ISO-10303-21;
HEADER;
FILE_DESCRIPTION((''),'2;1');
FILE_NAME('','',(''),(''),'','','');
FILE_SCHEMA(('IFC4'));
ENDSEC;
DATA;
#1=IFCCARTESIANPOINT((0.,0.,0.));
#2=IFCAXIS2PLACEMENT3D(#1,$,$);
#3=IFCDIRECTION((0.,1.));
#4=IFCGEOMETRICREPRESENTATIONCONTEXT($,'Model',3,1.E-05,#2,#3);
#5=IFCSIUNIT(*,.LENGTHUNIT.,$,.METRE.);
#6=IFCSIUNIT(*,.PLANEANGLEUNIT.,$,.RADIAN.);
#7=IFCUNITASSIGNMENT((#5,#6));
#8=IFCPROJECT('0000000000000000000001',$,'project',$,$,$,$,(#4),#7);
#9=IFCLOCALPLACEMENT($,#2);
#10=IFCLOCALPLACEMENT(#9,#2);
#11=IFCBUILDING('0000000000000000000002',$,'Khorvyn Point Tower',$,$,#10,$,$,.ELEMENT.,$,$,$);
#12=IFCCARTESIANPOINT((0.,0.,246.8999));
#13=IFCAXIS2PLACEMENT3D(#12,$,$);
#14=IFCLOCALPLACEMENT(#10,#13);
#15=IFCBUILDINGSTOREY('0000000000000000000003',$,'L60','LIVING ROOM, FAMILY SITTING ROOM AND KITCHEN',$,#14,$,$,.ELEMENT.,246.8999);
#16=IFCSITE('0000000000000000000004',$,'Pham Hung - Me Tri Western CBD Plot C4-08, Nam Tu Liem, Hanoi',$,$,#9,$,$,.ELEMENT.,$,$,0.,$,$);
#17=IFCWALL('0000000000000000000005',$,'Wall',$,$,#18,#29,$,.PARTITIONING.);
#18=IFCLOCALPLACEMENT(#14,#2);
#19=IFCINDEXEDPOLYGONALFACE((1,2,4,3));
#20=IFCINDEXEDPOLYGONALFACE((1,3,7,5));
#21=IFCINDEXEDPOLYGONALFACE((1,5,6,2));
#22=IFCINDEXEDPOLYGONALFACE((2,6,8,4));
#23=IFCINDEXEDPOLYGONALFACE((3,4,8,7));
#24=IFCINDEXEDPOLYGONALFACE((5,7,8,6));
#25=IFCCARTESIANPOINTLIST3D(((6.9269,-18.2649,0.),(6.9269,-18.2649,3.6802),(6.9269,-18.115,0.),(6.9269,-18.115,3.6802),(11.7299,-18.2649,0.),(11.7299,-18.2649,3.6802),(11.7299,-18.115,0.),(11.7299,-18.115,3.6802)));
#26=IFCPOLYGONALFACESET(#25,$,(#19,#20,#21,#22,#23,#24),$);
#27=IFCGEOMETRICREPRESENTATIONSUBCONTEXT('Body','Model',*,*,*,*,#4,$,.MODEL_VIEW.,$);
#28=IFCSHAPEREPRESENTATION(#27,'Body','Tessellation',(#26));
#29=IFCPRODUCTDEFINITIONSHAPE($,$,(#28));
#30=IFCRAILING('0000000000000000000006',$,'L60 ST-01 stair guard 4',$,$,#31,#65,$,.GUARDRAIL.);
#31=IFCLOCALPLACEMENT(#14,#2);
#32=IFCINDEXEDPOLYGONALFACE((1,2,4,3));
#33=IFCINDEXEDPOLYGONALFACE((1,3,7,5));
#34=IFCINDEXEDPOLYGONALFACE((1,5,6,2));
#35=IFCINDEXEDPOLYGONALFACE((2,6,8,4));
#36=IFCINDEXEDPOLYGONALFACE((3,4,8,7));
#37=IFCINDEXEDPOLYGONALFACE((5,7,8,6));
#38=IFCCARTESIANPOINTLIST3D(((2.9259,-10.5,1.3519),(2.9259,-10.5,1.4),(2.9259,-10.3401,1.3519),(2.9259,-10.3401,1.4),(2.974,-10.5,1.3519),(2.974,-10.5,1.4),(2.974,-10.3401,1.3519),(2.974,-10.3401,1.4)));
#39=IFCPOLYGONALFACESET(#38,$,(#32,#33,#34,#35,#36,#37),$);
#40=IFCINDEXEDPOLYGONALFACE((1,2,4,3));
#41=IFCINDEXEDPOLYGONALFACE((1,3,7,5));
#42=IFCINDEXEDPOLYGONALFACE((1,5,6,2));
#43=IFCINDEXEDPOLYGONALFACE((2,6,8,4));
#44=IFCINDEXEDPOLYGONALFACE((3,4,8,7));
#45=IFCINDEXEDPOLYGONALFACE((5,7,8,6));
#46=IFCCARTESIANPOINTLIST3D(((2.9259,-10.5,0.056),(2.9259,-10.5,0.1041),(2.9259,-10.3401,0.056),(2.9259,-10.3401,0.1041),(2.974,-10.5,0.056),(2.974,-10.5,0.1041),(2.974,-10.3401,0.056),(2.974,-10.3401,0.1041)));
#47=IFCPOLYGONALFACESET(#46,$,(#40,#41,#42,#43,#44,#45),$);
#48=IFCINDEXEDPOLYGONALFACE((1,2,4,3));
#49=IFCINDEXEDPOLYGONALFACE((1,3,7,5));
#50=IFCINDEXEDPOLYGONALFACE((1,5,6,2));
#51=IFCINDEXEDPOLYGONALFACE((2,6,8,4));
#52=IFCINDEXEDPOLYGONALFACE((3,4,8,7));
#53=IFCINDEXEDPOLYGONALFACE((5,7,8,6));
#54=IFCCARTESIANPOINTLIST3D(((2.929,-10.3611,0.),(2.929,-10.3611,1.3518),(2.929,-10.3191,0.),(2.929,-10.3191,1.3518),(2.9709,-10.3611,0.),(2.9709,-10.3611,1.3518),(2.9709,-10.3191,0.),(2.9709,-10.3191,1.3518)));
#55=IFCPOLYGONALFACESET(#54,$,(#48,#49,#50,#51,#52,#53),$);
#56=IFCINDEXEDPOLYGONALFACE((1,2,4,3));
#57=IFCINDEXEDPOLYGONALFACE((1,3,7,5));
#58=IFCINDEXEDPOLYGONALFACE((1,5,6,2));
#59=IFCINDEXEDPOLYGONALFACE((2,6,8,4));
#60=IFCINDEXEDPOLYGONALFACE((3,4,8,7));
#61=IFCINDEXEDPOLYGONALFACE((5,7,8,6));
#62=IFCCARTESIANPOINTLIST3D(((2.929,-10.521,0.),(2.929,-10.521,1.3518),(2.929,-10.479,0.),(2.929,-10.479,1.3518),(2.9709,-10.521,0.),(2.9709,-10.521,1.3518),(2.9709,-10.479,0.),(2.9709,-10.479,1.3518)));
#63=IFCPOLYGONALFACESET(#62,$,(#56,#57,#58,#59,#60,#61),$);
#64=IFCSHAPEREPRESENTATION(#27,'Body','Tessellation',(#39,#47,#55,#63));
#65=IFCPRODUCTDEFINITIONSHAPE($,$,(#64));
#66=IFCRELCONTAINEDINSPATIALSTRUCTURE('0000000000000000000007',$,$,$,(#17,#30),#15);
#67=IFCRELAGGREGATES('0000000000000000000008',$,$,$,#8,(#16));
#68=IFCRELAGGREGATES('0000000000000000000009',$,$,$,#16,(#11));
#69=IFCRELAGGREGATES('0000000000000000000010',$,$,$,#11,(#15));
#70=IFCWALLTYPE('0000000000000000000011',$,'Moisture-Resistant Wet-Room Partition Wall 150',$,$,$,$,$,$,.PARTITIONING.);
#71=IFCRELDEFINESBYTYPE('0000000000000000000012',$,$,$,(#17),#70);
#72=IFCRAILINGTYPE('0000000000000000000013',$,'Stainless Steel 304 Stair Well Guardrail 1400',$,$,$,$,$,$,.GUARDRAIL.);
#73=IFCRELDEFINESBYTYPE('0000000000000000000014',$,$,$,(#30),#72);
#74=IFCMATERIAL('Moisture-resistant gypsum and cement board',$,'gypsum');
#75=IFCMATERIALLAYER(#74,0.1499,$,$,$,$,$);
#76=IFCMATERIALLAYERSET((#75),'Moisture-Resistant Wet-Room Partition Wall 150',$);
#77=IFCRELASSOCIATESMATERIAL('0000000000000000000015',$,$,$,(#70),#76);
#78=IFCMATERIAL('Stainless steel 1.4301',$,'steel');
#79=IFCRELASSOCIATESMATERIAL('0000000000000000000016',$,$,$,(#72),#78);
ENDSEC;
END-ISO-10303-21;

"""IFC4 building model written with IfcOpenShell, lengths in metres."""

from ifc_helpers import new_model, si_unit, direction, frame, frame_2d, origin, origin_2d, place, context, subcontext, project, spatial, rectangle, extrude, material, layer, layer_set, type_object, element, save


model = new_model("IFC4")

# Units and contexts
model_context = context("Model", 3, precision=1e-05, world=origin(), true_north=direction((0.0, 1.0)))
body_context = subcontext(model_context, "Body", "Model", "MODEL_VIEW")
ifc_project = project(units=[si_unit("LENGTHUNIT", "METRE"), si_unit("PLANEANGLEUNIT", "RADIAN")], contexts=[model_context])

# Site, building, storey
site_placement = place(None, origin())
site = spatial("IfcSite", under=ifc_project, at=site_placement, Name="Pham Hung - Me Tri Western CBD Plot C4-08, Nam Tu Liem, Hanoi", CompositionType="ELEMENT", RefElevation=0.0)
building_placement = place(site_placement, origin())
building = spatial("IfcBuilding", under=site, at=building_placement, Name="Khorvyn Point Tower", CompositionType="ELEMENT")
storey_placement = place(building_placement, frame((0.0, 0.0, 246.8999)))
storey = spatial("IfcBuildingStorey", under=building, at=storey_placement, Name="L60", Description="LIVING ROOM, FAMILY SITTING ROOM AND KITCHEN", CompositionType="ELEMENT", Elevation=246.8999)

# Shared definitions
ifc_material_1 = material(Name="Moisture-resistant gypsum and cement board", Category="gypsum")
ifc_layer_1 = layer(ifc_material_1, 0.1499)
ifc_layer_set_1 = layer_set([ifc_layer_1], Name="Moisture-Resistant Wet-Room Partition Wall 150")
wall_type_1 = type_object("IfcWallType", Name="Moisture-Resistant Wet-Room Partition Wall 150", PredefinedType="PARTITIONING", material=ifc_layer_set_1)

# Wall
wall_1_placement = place(storey_placement, frame((6.927, -18.1899, 0.0), z_axis=(0.0, 0.0, 1.0), x_axis=(1.0, 0.0, 0.0)))
element("IfcWall", 1, at=wall_1_placement, inside=storey, type_object=wall_type_1, Name="Wall", PredefinedType="PARTITIONING", context=body_context, shape_type="SweptSolid", body=[
    extrude(rectangle(XDim=4.803, YDim=0.1499, at=frame_2d((2.4014, 0.0))), origin(), (0.0, 0.0, 1.0), 3.6802),
])

# Railing
ifc_material_2 = material(Name="Stainless steel 1.4301", Category="steel")
railing_type = type_object("IfcRailingType", Name="Stainless Steel 304 Stair Well Guardrail 1400", PredefinedType="GUARDRAIL", material=ifc_material_2)
railing_placement = place(storey_placement, frame((2.95, -10.3401, 0.0)))
element("IfcRailing", 2, at=railing_placement, inside=storey, type_object=railing_type, Name="L60 ST-01 stair guard 4", PredefinedType="GUARDRAIL", context=body_context, shape_type="SweptSolid", body=[
    extrude(rectangle(XDim=0.0481, YDim=0.0481, at=origin_2d()), frame((0.0, 0.0, 1.376), z_axis=(0.0, -1.0, 0.0), x_axis=(1.0, 0.0, 0.0)), (0.0, 0.0, 1.0), 0.1599),
    extrude(rectangle(XDim=0.0481, YDim=0.0481, at=origin_2d()), frame((0.0, 0.0, 0.0801), z_axis=(0.0, -1.0, 0.0), x_axis=(1.0, 0.0, 0.0)), (0.0, 0.0, 1.0), 0.1599),
    extrude(rectangle(XDim=0.042, YDim=0.042, at=origin_2d()), origin(), (0.0, 0.0, 1.0), 1.3518),
    extrude(rectangle(XDim=0.042, YDim=0.042, at=origin_2d()), frame((0.0, -0.1599, 0.0)), (0.0, 0.0, 1.0), 1.3518),
])

save(model, "model.ifc")
